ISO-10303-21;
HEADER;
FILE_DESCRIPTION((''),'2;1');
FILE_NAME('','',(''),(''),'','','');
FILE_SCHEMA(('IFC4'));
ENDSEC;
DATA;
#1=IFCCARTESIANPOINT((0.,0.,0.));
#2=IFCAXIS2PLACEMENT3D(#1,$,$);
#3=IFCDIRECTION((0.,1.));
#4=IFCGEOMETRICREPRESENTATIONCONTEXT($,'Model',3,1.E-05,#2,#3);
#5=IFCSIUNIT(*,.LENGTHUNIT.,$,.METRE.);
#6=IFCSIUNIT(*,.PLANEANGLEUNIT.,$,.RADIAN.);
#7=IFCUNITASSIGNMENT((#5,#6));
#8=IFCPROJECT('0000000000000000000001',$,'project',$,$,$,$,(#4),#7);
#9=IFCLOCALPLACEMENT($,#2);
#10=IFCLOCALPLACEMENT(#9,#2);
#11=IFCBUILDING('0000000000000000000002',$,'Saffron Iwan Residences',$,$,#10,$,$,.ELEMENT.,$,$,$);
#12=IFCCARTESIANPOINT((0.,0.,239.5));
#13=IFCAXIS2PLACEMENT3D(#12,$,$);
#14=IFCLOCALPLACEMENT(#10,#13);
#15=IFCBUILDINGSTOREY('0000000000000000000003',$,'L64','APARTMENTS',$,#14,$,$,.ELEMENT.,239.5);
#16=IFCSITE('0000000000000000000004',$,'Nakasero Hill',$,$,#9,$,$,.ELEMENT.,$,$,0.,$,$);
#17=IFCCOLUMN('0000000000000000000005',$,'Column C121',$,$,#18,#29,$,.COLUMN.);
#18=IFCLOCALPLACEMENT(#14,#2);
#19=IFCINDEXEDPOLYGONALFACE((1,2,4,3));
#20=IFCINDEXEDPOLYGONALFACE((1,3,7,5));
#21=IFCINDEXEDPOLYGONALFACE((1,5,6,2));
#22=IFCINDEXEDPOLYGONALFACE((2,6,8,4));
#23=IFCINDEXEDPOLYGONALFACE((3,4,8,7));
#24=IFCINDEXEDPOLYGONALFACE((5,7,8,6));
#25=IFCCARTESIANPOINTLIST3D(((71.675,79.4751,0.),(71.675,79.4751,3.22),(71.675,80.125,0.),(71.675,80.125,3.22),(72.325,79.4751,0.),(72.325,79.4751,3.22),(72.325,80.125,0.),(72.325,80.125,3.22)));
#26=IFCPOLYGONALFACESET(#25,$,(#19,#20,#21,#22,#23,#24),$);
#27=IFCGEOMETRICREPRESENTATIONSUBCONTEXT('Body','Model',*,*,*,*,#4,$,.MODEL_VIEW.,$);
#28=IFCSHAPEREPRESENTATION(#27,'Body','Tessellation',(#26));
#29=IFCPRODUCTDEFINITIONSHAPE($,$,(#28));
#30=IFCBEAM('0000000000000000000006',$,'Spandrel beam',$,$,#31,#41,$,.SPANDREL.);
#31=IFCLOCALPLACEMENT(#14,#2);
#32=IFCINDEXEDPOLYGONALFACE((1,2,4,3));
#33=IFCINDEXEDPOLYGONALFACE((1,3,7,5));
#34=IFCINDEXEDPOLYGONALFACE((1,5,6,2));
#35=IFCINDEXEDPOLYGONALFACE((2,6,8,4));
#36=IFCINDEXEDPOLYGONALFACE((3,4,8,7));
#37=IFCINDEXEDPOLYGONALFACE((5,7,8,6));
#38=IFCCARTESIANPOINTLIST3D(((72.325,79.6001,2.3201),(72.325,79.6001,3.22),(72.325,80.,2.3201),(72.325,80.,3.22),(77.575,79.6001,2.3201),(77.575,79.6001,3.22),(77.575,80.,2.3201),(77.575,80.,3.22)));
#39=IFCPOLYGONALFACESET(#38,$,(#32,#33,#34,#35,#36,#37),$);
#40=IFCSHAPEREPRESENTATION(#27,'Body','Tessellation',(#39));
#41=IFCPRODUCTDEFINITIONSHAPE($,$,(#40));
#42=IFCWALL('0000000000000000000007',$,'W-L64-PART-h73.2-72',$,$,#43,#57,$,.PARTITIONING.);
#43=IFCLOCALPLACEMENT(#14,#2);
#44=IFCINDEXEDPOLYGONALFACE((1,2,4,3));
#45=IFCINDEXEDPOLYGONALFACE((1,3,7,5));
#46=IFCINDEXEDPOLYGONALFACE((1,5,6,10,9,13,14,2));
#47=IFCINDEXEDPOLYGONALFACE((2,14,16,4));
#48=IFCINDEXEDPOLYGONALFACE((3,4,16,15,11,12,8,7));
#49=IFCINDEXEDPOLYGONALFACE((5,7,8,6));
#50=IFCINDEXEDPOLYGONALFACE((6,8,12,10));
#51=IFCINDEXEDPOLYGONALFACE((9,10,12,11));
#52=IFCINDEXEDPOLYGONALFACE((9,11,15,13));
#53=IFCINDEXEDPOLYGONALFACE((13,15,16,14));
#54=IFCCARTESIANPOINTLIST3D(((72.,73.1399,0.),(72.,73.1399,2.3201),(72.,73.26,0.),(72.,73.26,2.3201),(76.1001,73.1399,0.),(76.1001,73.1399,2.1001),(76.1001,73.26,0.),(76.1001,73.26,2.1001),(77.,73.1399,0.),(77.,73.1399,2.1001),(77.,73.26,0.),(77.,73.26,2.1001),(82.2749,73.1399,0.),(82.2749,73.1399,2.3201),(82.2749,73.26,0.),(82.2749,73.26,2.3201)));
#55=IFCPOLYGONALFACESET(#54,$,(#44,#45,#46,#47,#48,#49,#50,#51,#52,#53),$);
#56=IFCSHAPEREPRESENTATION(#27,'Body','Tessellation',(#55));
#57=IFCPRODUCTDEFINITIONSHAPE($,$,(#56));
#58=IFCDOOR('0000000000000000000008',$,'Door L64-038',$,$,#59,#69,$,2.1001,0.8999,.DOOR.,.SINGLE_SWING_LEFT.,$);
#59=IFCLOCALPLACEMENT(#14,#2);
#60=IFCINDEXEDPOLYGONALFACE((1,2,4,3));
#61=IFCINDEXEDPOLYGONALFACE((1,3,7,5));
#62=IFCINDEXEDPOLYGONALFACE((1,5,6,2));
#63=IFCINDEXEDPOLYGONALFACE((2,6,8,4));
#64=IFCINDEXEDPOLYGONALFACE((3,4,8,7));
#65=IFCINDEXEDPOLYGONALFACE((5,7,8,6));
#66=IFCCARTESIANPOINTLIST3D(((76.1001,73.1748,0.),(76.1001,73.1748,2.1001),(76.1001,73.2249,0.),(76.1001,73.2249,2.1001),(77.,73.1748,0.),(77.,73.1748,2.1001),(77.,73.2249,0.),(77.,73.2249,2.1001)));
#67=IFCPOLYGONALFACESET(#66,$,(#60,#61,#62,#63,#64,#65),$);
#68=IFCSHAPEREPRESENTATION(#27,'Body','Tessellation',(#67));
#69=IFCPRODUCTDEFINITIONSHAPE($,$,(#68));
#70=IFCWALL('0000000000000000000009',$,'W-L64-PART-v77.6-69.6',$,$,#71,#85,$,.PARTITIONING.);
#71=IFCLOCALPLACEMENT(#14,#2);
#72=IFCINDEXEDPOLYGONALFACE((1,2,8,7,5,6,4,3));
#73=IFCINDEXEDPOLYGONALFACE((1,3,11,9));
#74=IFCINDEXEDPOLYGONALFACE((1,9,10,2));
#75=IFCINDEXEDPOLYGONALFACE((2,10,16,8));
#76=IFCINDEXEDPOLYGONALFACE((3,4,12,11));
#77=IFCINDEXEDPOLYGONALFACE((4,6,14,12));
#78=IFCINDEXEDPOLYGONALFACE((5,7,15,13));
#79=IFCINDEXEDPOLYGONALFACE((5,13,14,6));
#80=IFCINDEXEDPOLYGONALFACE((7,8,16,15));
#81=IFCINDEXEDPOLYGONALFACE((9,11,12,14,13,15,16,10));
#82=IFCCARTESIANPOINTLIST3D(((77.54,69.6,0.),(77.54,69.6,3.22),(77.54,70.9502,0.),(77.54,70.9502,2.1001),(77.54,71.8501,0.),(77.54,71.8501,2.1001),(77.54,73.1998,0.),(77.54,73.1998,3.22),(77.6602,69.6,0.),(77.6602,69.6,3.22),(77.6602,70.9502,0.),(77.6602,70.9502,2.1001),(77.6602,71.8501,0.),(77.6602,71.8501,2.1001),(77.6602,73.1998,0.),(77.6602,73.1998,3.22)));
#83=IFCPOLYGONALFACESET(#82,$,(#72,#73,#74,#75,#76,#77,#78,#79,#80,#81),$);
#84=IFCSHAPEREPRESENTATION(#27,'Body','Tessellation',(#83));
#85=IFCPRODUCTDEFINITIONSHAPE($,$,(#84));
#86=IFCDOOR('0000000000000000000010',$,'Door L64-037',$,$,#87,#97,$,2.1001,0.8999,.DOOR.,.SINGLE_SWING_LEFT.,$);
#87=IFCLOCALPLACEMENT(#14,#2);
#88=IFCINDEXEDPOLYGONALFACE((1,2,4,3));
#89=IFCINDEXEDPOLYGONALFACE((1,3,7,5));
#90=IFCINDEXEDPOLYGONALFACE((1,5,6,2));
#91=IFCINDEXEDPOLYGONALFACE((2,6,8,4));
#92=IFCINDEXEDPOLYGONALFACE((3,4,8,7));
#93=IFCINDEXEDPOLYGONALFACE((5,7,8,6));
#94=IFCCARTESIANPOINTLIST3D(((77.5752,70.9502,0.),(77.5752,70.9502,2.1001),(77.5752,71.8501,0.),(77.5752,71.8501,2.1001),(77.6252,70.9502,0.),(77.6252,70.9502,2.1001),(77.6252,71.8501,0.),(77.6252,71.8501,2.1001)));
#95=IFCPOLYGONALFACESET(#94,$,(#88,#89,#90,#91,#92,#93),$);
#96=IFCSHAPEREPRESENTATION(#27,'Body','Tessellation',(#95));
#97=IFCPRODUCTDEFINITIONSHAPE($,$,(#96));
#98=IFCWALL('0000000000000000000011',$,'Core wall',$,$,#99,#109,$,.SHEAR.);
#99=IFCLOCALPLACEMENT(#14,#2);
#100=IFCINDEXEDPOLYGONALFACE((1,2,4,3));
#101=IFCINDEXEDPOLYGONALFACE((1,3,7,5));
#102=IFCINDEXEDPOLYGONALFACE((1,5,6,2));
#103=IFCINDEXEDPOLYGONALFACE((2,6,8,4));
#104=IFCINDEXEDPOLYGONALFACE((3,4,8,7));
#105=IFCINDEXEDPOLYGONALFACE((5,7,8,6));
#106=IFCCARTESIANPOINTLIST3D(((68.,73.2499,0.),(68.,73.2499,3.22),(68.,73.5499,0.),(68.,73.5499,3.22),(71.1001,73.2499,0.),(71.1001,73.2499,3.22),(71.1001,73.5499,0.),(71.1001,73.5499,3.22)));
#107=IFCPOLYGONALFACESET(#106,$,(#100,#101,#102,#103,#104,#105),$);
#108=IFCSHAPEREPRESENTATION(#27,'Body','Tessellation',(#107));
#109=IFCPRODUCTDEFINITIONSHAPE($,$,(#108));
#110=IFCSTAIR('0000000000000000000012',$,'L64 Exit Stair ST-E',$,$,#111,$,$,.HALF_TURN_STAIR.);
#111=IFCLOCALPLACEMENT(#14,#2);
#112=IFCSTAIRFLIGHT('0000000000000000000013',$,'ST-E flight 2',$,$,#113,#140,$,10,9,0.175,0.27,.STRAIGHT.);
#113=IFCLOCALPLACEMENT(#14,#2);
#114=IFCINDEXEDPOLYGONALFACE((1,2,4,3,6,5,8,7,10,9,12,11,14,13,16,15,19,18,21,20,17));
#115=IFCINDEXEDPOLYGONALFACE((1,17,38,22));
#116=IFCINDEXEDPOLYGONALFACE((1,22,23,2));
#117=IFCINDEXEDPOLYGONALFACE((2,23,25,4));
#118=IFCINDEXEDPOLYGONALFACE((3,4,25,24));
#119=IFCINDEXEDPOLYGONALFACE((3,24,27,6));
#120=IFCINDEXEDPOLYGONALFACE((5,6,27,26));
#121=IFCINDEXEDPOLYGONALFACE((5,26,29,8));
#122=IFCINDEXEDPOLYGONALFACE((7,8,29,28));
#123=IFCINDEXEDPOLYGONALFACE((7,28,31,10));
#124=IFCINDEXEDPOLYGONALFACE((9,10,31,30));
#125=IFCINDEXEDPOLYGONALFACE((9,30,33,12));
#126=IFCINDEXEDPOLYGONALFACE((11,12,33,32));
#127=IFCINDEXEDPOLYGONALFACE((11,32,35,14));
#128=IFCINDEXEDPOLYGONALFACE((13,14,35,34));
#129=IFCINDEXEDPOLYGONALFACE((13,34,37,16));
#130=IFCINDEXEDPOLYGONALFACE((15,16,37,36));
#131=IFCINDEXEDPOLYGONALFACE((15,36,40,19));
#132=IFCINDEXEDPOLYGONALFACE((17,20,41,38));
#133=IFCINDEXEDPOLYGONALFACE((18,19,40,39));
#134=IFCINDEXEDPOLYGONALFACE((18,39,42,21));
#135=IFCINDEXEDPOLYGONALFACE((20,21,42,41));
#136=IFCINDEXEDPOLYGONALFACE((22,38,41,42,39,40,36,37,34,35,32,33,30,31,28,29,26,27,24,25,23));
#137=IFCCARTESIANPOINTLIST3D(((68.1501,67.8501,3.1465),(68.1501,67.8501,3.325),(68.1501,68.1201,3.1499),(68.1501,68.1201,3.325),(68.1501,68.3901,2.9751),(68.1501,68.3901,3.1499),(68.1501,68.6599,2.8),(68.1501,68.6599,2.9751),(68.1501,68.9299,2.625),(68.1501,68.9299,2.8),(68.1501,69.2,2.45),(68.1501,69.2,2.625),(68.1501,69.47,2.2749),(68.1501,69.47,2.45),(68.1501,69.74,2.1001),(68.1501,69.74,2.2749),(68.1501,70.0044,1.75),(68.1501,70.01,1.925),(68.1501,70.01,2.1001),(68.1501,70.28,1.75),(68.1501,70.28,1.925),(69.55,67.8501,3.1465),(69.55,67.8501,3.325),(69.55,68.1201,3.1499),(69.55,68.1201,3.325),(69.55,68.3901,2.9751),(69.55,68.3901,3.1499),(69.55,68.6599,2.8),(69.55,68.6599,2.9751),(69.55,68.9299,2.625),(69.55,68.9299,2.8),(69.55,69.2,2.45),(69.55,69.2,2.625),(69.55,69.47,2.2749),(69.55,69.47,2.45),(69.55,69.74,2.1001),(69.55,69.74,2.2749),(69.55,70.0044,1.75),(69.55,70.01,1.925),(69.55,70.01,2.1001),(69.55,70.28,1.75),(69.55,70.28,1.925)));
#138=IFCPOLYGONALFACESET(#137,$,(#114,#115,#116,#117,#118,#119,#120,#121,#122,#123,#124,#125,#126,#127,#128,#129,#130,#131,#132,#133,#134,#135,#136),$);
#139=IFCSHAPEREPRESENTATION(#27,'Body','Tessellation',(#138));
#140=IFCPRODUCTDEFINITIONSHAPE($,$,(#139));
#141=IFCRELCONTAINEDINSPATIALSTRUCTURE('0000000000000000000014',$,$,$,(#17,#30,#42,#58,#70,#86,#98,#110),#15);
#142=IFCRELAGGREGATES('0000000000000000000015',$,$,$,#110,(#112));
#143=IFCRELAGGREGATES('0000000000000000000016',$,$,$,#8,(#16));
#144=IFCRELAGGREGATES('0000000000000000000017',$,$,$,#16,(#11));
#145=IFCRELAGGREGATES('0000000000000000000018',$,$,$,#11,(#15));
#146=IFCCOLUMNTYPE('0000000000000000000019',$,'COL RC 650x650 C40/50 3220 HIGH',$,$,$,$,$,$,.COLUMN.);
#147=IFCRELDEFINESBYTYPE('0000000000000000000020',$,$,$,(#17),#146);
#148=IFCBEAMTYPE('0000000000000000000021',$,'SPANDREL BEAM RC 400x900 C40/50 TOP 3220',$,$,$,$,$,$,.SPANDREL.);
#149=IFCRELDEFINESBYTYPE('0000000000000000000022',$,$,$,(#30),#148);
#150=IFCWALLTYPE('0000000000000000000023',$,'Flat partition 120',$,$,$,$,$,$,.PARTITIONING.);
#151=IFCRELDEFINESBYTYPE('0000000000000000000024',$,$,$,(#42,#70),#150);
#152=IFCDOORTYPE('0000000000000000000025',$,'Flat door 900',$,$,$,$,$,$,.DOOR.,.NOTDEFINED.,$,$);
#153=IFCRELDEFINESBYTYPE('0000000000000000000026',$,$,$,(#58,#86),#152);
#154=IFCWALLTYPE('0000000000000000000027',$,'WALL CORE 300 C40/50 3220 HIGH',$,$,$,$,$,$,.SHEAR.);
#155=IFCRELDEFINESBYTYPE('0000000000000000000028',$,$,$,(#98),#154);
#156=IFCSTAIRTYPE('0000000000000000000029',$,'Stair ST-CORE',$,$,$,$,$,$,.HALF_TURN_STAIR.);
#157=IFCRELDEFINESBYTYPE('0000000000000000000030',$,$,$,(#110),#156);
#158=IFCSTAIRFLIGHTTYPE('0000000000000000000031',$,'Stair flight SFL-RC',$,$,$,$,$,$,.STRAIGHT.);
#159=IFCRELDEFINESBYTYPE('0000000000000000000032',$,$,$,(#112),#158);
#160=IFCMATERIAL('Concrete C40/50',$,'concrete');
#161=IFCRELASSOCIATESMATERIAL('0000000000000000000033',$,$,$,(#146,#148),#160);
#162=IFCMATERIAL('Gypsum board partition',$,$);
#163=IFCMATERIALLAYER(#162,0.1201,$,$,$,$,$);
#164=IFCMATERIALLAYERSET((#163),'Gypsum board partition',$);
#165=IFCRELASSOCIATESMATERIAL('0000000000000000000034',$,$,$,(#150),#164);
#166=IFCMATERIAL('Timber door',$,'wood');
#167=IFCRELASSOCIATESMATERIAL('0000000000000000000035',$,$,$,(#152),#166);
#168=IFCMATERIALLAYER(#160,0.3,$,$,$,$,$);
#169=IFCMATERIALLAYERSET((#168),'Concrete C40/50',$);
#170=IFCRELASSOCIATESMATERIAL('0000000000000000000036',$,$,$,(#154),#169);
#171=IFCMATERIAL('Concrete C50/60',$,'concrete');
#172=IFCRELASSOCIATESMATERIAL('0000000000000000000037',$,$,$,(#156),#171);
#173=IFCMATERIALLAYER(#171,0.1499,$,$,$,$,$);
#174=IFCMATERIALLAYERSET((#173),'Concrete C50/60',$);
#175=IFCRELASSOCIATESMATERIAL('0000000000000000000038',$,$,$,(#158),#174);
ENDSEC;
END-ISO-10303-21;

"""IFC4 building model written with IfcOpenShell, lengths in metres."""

from ifc_helpers import new_model, si_unit, direction, frame, frame_2d, origin, origin_2d, place, context, subcontext, project, spatial, polyline, rectangle, outline, extrude, source, transform, mapped, material, layer, layer_set, material_profile, profile_set, type_object, element, fill, aggregate, save


model = new_model("IFC4")

# Units and contexts
model_context = context("Model", 3, precision=1e-05, world=origin(), true_north=direction((0.0, 1.0)))
body_context = subcontext(model_context, "Body", "Model", "MODEL_VIEW")
ifc_project = project(units=[si_unit("LENGTHUNIT", "METRE"), si_unit("PLANEANGLEUNIT", "RADIAN")], contexts=[model_context])

# Site, building, storey
site_placement = place(None, origin())
site = spatial("IfcSite", under=ifc_project, at=site_placement, Name="Nakasero Hill", CompositionType="ELEMENT", RefElevation=0.0)
building_placement = place(site_placement, origin())
building = spatial("IfcBuilding", under=site, at=building_placement, Name="Saffron Iwan Residences", CompositionType="ELEMENT")
storey_placement = place(building_placement, frame((0.0, 0.0, 239.5)))
storey = spatial("IfcBuildingStorey", under=building, at=storey_placement, Name="L64", Description="APARTMENTS", CompositionType="ELEMENT", Elevation=239.5)

# Column
ifc_material_1 = material(Name="Concrete C40/50", Category="concrete")
ifc_material_profile_1 = material_profile(ifc_material_1, rectangle(XDim=0.6499, YDim=0.6499, at=origin_2d()), Name="RC 650x650")
ifc_profile_set_1 = profile_set([ifc_material_profile_1], Name="Concrete C40/50")
column_type = type_object("IfcColumnType", Name="COL RC 650x650 C40/50 3220 HIGH", PredefinedType="COLUMN", material=ifc_profile_set_1)
shared_shape_1 = source(origin(), body_context, "Body", "SweptSolid", [
    extrude(rectangle(XDim=0.6499, YDim=0.6499, at=origin_2d()), origin(), (0.0, 0.0, 1.0), 3.22),
])
column_placement = place(storey_placement, frame((72.0, 79.8, 0.0), z_axis=(0.0, 0.0, 1.0), x_axis=(1.0, 0.0, 0.0)))
element("IfcColumn", 1, at=column_placement, inside=storey, type_object=column_type, Name="Column C121", PredefinedType="COLUMN", context=body_context, shape_type="MappedRepresentation", body=[
    mapped(shared_shape_1, transform((0.0, 0.0, 0.0))),
])

# Beam
ifc_material_profile_2 = material_profile(ifc_material_1, rectangle(XDim=0.3999, YDim=0.8999, at=origin_2d()), Name="RC 400x900")
ifc_profile_set_2 = profile_set([ifc_material_profile_2], Name="Concrete C40/50")
beam_type = type_object("IfcBeamType", Name="SPANDREL BEAM RC 400x900 C40/50 TOP 3220", PredefinedType="SPANDREL", material=ifc_profile_set_2)
shared_shape_2 = source(origin(), body_context, "Body", "SweptSolid", [
    extrude(rectangle(XDim=0.3999, YDim=0.8999, at=origin_2d()), origin(), (0.0, 0.0, 1.0), 5.25),
])
beam_placement = place(storey_placement, frame((72.325, 79.8, 2.77), z_axis=(1.0, 0.0, 0.0), x_axis=(0.0, 1.0, 0.0)))
element("IfcBeam", 2, at=beam_placement, inside=storey, type_object=beam_type, Name="Spandrel beam", PredefinedType="SPANDREL", context=body_context, shape_type="MappedRepresentation", body=[
    mapped(shared_shape_2, transform((0.0, 0.0, 0.0))),
])

# Walls, openings, doors
ifc_material_2 = material(Name="Gypsum board partition")
ifc_layer_1 = layer(ifc_material_2, 0.1201)
ifc_layer_set_1 = layer_set([ifc_layer_1], Name="Gypsum board partition")
wall_type_1 = type_object("IfcWallType", Name="Flat partition 120", PredefinedType="PARTITIONING", material=ifc_layer_set_1)
wall_1_placement = place(storey_placement, frame((72.0, 73.2, 0.0), z_axis=(0.0, 0.0, 1.0), x_axis=(1.0, 0.0, 0.0)))
wall_1 = element("IfcWall", 3, at=wall_1_placement, inside=storey, type_object=wall_type_1, Name="W-L64-PART-h73.2-72", PredefinedType="PARTITIONING", context=body_context, shape_type="SweptSolid", body=[
    extrude(rectangle(XDim=10.2749, YDim=0.1201, at=frame_2d((5.1375, 0.0))), origin(), (0.0, 0.0, 1.0), 2.3201),
])
opening_1_placement = place(wall_1_placement, frame((4.1001, 0.0, 0.0)))
opening_1 = element("IfcOpeningElement", 4, at=opening_1_placement, cuts=wall_1, PredefinedType="OPENING", context=body_context, shape_type="SweptSolid", body=[
    extrude(rectangle(XDim=0.8999, YDim=2.1001, at=frame_2d((0.45, 1.05))), frame((0.0, 0.0701, 0.0), z_axis=(0.0, -1.0, 0.0), x_axis=(1.0, 0.0, 0.0)), (0.0, 0.0, 1.0), 0.1401),
])
ifc_material_3 = material(Name="Timber door", Category="wood")
door_type = type_object("IfcDoorType", Name="Flat door 900", OperationType="NOTDEFINED", PredefinedType="DOOR", material=ifc_material_3)
door_1_placement = place(opening_1_placement, origin())
door_1 = element("IfcDoor", 5, at=door_1_placement, inside=storey, type_object=door_type, Name="Door L64-038", OperationType="SINGLE_SWING_LEFT", OverallHeight=2.1001, OverallWidth=0.8999, PredefinedType="DOOR", context=body_context, shape_type="SweptSolid", body=[
    extrude(rectangle(XDim=0.8999, YDim=2.1001, at=frame_2d((0.45, 1.05))), frame((0.0, 0.0249, 0.0), z_axis=(0.0, -1.0, 0.0), x_axis=(1.0, 0.0, 0.0)), (0.0, 0.0, 1.0), 0.05),
])
fill(opening_1, door_1)
wall_2_placement = place(storey_placement, frame((77.6001, 69.6001, 0.0), z_axis=(0.0, 0.0, 1.0), x_axis=(0.0, 1.0, 0.0)))
wall_2 = element("IfcWall", 6, at=wall_2_placement, inside=storey, type_object=wall_type_1, Name="W-L64-PART-v77.6-69.6", PredefinedType="PARTITIONING", context=body_context, shape_type="SweptSolid", body=[
    extrude(rectangle(XDim=3.5999, YDim=0.1201, at=frame_2d((1.7998, 0.0))), origin(), (0.0, 0.0, 1.0), 3.22),
])
opening_2_placement = place(wall_2_placement, frame((1.3501, 0.0, 0.0)))
opening_2 = element("IfcOpeningElement", 7, at=opening_2_placement, cuts=wall_2, PredefinedType="OPENING", context=body_context, shape_type="SweptSolid", body=[
    extrude(rectangle(XDim=0.8999, YDim=2.1001, at=frame_2d((0.45, 1.05))), frame((0.0, 0.0701, 0.0), z_axis=(0.0, -1.0, 0.0), x_axis=(1.0, 0.0, 0.0)), (0.0, 0.0, 1.0), 0.1401),
])
door_2_placement = place(opening_2_placement, origin())
door_2 = element("IfcDoor", 8, at=door_2_placement, inside=storey, type_object=door_type, Name="Door L64-037", OperationType="SINGLE_SWING_LEFT", OverallHeight=2.1001, OverallWidth=0.8999, PredefinedType="DOOR", context=body_context, shape_type="SweptSolid", body=[
    extrude(rectangle(XDim=0.8999, YDim=2.1001, at=frame_2d((0.45, 1.05))), frame((0.0, 0.0249, 0.0), z_axis=(0.0, -1.0, 0.0), x_axis=(1.0, 0.0, 0.0)), (0.0, 0.0, 1.0), 0.05),
])
fill(opening_2, door_2)

# Wall
ifc_layer_2 = layer(ifc_material_1, 0.3)
ifc_layer_set_2 = layer_set([ifc_layer_2], Name="Concrete C40/50")
wall_type_2 = type_object("IfcWallType", Name="WALL CORE 300 C40/50 3220 HIGH", PredefinedType="SHEAR", material=ifc_layer_set_2)
wall_3_placement = place(storey_placement, frame((68.0, 73.3999, 0.0), z_axis=(0.0, 0.0, 1.0), x_axis=(1.0, 0.0, 0.0)))
element("IfcWall", 9, at=wall_3_placement, inside=storey, type_object=wall_type_2, Name="Core wall", PredefinedType="SHEAR", context=body_context, shape_type="SweptSolid", body=[
    extrude(rectangle(XDim=3.1001, YDim=0.3, at=frame_2d((1.55, 0.0))), origin(), (0.0, 0.0, 1.0), 3.22),
])

# Stair, stair flight
ifc_material_4 = material(Name="Concrete C50/60", Category="concrete")
stair_type = type_object("IfcStairType", Name="Stair ST-CORE", PredefinedType="HALF_TURN_STAIR", material=ifc_material_4)
stair_placement = place(storey_placement, origin())
stair = element("IfcStair", 10, at=stair_placement, inside=storey, type_object=stair_type, Name="L64 Exit Stair ST-E", PredefinedType="HALF_TURN_STAIR")
ifc_layer_3 = layer(ifc_material_4, 0.1499)
ifc_layer_set_3 = layer_set([ifc_layer_3], Name="Concrete C50/60")
stair_flight_type = type_object("IfcStairFlightType", Name="Stair flight SFL-RC", PredefinedType="STRAIGHT", material=ifc_layer_set_3)
stair_flight_placement = place(storey_placement, frame((68.8501, 70.28, 1.75), z_axis=(0.0, 0.0, 1.0), x_axis=(0.0, -1.0, 0.0)))
stair_flight = element("IfcStairFlight", 11, at=stair_flight_placement, type_object=stair_flight_type, Name="ST-E flight 2", NumberOfRisers=10, NumberOfTreads=9, PredefinedType="STRAIGHT", RiserHeight=0.175, TreadLength=0.27, context=body_context, shape_type="SweptSolid", body=[
    extrude(outline(polyline([(0.0, 0.0), (0.0, 0.175), (0.27, 0.175), (0.27, 0.3501), (0.54, 0.3501), (0.54, 0.5249), (0.8101, 0.5249), (0.8101, 0.7), (1.0801, 0.7), (1.0801, 0.875), (1.3501, 0.875), (1.3501, 1.05), (1.6201, 1.05), (1.6201, 1.2251), (1.8899, 1.2251), (1.8899, 1.3999), (2.1599, 1.3999), (2.1599, 1.575), (2.4299, 1.575), (2.4299, 1.75), (2.4299, 1.3965), (0.2756, 0.0), (0.0, 0.0)])), frame((0.0, 0.7, 0.0), z_axis=(0.0, -1.0, 0.0), x_axis=(1.0, 0.0, 0.0)), (0.0, 0.0, 1.0), 1.3999),
])
aggregate(stair, [stair_flight])

save(model, "model.ifc")
